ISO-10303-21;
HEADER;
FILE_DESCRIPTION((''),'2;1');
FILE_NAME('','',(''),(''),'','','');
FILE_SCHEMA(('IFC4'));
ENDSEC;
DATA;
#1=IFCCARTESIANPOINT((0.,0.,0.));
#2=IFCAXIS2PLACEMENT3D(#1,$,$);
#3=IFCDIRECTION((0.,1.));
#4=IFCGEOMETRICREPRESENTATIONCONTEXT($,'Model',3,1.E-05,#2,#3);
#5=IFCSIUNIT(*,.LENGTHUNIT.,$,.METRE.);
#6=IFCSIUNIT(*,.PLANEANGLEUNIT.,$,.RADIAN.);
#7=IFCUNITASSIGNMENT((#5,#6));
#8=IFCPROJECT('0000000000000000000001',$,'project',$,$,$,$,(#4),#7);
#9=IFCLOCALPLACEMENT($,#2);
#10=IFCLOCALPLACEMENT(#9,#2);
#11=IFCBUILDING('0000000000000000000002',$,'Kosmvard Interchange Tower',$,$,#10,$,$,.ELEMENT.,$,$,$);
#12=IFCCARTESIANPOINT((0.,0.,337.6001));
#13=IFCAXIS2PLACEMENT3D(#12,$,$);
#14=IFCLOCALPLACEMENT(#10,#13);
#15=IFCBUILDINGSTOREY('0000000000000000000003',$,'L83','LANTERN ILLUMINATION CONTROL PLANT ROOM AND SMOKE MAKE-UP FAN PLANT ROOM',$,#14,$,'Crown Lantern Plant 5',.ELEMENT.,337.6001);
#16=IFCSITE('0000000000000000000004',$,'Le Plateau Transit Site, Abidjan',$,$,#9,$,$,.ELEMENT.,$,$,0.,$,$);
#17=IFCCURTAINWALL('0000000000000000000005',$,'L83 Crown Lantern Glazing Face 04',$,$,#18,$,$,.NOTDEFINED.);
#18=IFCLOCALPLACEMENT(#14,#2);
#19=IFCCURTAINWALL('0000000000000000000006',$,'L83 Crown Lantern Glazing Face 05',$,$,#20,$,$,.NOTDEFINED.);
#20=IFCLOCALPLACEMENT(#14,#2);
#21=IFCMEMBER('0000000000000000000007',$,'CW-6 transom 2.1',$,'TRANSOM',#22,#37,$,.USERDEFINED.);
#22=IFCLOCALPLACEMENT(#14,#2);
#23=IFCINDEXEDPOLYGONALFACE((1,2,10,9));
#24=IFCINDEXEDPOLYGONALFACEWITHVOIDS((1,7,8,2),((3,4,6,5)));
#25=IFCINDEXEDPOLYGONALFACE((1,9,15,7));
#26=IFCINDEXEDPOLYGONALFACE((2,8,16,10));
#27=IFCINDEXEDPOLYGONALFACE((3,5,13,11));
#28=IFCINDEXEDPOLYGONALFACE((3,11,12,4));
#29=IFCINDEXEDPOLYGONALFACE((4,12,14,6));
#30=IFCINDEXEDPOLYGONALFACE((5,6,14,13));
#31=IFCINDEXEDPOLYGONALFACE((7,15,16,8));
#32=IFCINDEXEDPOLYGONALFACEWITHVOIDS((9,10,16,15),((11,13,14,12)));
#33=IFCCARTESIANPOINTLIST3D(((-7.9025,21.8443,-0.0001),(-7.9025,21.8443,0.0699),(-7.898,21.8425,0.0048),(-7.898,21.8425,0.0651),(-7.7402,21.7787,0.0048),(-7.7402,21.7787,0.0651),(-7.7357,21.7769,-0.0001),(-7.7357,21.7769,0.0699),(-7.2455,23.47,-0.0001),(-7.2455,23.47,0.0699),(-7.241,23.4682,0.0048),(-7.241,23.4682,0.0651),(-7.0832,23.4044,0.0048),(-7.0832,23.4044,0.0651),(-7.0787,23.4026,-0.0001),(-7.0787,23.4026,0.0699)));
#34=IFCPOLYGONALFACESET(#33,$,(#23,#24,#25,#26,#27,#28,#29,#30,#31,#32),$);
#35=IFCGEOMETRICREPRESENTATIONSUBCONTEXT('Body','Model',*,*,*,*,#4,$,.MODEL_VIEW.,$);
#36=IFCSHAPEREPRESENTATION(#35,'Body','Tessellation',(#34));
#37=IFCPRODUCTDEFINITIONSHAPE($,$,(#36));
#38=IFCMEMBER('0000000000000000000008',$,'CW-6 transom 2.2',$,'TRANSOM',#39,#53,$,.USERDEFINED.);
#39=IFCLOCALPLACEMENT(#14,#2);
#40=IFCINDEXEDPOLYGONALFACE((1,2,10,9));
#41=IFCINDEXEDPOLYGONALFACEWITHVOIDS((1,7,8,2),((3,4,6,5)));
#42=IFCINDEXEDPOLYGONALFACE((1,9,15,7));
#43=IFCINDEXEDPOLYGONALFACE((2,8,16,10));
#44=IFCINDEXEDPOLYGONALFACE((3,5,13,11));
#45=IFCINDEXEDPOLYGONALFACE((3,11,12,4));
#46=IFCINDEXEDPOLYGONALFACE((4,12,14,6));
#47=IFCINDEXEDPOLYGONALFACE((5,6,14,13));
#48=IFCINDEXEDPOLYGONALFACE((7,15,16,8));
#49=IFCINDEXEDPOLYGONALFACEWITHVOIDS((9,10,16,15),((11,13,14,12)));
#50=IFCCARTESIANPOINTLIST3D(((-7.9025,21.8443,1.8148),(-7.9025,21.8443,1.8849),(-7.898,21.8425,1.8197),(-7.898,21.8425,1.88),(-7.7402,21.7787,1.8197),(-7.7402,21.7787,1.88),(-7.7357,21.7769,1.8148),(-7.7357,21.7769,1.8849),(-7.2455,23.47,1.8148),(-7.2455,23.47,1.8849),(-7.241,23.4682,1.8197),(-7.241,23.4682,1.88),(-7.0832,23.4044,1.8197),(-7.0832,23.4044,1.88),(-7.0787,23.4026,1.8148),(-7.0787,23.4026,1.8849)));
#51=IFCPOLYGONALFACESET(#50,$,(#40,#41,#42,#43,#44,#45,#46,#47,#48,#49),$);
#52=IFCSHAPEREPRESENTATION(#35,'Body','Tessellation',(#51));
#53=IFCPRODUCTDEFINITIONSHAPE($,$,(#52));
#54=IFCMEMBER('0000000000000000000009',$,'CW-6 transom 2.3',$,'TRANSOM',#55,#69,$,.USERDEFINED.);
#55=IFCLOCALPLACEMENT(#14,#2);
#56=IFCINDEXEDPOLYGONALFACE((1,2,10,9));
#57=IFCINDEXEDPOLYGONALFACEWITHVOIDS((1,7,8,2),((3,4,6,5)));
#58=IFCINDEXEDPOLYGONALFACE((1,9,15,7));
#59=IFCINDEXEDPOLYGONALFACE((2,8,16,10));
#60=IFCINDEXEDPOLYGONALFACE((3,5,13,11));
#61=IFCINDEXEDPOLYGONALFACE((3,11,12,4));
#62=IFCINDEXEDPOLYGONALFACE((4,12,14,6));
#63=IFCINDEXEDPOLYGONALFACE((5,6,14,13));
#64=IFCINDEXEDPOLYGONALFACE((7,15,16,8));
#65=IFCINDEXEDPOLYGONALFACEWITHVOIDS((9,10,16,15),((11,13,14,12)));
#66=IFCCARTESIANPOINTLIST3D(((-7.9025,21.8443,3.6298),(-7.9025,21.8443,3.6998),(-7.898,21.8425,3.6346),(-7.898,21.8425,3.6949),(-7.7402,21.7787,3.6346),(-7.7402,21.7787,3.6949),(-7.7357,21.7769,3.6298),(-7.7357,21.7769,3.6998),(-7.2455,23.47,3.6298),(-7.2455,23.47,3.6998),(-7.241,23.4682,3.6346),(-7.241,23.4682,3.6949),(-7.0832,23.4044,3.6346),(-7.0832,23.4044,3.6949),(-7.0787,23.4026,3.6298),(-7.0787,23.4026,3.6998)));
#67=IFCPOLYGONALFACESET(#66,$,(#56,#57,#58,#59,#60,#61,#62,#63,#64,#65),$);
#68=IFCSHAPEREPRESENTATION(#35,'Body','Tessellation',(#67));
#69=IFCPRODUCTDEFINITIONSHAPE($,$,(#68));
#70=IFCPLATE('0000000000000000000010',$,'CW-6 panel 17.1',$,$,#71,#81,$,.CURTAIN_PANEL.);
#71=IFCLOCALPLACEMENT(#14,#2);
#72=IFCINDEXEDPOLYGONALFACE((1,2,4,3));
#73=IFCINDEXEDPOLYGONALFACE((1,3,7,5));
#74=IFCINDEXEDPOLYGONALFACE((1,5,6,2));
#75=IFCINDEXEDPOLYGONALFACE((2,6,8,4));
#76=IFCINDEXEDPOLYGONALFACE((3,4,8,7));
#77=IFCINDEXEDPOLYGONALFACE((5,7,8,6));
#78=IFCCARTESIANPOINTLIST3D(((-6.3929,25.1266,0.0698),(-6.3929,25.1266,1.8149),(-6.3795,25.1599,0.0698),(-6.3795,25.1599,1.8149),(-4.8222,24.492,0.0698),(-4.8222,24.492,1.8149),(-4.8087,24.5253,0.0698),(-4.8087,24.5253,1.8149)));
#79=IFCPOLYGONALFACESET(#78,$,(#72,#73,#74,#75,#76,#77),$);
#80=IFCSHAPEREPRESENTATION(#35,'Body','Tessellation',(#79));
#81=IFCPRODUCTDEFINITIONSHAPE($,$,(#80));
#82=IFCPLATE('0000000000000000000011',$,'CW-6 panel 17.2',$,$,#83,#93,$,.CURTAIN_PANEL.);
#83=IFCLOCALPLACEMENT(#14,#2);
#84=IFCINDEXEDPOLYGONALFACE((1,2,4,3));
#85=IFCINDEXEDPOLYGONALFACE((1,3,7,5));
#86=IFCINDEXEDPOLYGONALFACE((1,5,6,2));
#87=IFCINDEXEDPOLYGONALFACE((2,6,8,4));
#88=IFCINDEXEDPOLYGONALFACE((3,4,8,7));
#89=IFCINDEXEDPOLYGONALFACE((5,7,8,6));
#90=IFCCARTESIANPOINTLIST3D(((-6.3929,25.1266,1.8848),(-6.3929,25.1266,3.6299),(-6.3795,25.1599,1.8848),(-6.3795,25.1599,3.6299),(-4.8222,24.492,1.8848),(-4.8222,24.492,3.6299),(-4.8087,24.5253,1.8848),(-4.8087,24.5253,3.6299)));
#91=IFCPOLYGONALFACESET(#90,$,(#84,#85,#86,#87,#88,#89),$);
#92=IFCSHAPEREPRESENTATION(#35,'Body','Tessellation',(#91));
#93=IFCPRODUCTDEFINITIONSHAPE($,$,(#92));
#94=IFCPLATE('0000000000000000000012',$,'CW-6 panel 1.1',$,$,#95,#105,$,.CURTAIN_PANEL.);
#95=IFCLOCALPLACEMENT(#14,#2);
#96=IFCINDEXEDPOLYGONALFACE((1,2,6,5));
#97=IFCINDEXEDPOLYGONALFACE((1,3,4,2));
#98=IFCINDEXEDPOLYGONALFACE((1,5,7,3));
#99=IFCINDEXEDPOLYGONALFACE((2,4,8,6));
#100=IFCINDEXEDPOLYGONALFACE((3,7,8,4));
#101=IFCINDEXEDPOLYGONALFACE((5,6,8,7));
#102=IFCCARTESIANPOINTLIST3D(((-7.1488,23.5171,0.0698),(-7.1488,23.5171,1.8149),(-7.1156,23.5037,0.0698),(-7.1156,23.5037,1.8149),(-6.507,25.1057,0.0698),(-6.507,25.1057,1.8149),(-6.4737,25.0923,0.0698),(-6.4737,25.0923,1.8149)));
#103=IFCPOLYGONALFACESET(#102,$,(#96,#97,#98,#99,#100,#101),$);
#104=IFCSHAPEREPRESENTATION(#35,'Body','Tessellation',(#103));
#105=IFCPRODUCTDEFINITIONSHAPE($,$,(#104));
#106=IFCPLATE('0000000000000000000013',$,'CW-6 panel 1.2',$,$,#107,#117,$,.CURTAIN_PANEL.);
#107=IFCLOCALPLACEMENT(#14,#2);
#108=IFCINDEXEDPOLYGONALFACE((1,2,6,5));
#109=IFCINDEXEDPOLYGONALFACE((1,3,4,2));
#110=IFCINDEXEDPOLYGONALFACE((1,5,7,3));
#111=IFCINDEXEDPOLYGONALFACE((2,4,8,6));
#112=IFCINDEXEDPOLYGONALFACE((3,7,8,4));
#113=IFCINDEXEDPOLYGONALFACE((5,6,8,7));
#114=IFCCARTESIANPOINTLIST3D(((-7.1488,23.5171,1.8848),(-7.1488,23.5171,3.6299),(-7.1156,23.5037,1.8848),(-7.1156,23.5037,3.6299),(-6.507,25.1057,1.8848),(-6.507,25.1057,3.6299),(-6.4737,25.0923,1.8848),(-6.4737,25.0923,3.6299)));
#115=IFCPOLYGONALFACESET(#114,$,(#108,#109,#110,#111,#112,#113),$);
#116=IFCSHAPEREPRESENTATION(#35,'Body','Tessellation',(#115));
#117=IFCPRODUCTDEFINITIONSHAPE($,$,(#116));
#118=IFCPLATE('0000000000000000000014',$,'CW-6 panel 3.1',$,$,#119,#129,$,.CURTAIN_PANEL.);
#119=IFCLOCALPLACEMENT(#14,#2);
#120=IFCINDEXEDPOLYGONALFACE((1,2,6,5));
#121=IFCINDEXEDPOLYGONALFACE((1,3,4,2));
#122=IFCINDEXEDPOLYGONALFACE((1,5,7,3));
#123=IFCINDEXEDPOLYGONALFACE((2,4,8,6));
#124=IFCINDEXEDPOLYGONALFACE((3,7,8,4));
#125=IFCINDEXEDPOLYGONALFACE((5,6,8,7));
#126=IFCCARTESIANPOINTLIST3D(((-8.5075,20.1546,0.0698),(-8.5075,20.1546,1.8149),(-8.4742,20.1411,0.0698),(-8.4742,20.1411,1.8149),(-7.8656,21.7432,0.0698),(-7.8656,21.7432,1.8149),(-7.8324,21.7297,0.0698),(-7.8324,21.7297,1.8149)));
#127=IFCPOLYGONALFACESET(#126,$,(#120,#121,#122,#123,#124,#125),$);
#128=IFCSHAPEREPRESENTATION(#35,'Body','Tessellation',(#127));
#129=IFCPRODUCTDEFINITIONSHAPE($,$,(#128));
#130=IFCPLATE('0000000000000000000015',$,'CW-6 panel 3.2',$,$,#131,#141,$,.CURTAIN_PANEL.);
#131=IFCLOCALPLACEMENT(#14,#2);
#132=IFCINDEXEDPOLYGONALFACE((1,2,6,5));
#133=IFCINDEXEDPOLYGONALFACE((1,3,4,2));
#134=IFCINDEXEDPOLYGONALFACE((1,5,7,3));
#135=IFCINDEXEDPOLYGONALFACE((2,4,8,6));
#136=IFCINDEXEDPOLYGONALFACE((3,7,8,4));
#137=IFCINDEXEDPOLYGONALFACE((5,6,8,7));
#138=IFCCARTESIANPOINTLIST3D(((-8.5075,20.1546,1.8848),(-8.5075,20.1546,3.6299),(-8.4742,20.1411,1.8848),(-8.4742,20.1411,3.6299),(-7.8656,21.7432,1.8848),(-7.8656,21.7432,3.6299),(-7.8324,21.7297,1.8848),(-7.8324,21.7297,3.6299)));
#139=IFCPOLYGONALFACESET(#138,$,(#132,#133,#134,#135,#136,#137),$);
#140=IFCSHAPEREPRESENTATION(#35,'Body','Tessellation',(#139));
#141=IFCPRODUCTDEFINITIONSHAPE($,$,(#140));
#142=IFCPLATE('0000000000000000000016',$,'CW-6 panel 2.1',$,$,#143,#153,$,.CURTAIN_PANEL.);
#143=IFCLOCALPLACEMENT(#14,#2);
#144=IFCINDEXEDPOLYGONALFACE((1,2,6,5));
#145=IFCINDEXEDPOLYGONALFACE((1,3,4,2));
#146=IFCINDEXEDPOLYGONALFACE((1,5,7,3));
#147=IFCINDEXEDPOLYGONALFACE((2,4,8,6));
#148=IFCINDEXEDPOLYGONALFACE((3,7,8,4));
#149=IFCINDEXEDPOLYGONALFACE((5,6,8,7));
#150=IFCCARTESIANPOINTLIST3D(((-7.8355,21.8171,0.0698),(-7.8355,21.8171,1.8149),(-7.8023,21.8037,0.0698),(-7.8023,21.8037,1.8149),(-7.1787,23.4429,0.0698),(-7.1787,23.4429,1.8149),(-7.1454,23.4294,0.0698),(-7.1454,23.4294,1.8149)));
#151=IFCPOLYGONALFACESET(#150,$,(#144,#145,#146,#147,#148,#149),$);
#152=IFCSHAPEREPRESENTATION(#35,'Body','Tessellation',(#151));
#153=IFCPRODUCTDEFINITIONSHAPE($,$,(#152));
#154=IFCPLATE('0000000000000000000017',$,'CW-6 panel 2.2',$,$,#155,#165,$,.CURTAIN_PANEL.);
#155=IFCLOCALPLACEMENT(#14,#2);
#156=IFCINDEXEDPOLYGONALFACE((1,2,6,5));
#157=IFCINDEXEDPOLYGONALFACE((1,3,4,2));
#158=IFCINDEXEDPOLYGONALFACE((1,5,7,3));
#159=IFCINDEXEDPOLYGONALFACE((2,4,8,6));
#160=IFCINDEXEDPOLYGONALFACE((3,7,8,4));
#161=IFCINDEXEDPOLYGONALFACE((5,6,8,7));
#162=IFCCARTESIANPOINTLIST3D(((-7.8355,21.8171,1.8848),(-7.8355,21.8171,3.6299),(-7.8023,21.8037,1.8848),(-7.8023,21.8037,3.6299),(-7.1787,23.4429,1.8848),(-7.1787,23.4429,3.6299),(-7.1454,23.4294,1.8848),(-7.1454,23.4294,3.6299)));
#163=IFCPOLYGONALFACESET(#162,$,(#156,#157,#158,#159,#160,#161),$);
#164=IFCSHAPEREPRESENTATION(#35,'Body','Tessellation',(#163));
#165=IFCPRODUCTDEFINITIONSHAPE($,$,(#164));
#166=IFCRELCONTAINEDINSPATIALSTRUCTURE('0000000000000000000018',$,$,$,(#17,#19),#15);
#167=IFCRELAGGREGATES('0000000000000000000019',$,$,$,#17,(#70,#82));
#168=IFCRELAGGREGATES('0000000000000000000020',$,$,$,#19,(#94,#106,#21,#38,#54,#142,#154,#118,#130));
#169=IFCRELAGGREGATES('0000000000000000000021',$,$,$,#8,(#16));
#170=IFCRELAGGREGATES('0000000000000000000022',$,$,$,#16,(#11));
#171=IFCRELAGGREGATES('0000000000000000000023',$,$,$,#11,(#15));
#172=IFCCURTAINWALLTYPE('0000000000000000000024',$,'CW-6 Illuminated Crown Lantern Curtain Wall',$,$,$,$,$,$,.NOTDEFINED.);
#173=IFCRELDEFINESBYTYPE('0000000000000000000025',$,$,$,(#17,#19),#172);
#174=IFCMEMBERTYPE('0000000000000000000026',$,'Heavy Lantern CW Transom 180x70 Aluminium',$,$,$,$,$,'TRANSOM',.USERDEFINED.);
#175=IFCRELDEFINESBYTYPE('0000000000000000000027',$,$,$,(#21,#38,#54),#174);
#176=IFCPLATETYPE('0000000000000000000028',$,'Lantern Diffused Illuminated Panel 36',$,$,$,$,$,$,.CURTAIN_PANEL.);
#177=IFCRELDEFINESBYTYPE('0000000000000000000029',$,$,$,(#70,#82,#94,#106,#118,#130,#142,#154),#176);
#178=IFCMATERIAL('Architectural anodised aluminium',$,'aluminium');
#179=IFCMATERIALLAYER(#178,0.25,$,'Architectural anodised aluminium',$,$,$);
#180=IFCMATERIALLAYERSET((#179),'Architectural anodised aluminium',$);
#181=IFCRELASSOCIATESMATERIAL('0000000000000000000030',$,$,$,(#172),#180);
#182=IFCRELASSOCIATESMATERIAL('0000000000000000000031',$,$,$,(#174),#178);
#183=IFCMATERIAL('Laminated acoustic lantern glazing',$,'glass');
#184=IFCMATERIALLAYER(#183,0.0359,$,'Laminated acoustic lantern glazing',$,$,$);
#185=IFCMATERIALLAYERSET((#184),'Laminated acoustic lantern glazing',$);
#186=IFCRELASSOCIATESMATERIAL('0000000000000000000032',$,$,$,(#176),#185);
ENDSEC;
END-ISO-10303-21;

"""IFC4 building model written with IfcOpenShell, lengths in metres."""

from ifc_helpers import new_model, si_unit, direction, frame, origin, origin_2d, place, context, subcontext, project, spatial, rectangle, hollow_rectangle, extrude, source, transform, mapped, material, layer, layer_set, material_profile, profile_set, type_object, element, aggregate, save


model = new_model("IFC4")

# Units and contexts
model_context = context("Model", 3, precision=1e-05, world=origin(), true_north=direction((0.0, 1.0)))
body_context = subcontext(model_context, "Body", "Model", "MODEL_VIEW")
ifc_project = project(units=[si_unit("LENGTHUNIT", "METRE"), si_unit("PLANEANGLEUNIT", "RADIAN")], contexts=[model_context])

# Site, building, storey
site_placement = place(None, origin())
site = spatial("IfcSite", under=ifc_project, at=site_placement, Name="Le Plateau Transit Site, Abidjan", CompositionType="ELEMENT", RefElevation=0.0)
building_placement = place(site_placement, origin())
building = spatial("IfcBuilding", under=site, at=building_placement, Name="Kosmvard Interchange Tower", CompositionType="ELEMENT")
storey_placement = place(building_placement, frame((0.0, 0.0, 337.6001)))
storey = spatial("IfcBuildingStorey", under=building, at=storey_placement, Name="L83", Description="LANTERN ILLUMINATION CONTROL PLANT ROOM AND SMOKE MAKE-UP FAN PLANT ROOM", LongName="Crown Lantern Plant 5", CompositionType="ELEMENT", Elevation=337.6001)

# Curtain wall
ifc_material_1 = material(Name="Architectural anodised aluminium", Category="aluminium")
ifc_layer_1 = layer(ifc_material_1, 0.25, Name="Architectural anodised aluminium")
ifc_layer_set_1 = layer_set([ifc_layer_1], Name="Architectural anodised aluminium")
curtain_wall_type = type_object("IfcCurtainWallType", Name="CW-6 Illuminated Crown Lantern Curtain Wall", PredefinedType="NOTDEFINED", material=ifc_layer_set_1)
curtain_wall_1_placement = place(storey_placement, origin())
curtain_wall_1 = element("IfcCurtainWall", 1, at=curtain_wall_1_placement, inside=storey, type_object=curtain_wall_type, Name="L83 Crown Lantern Glazing Face 04", PredefinedType="NOTDEFINED")

# Curtain wall, members
curtain_wall_2_placement = place(storey_placement, origin())
curtain_wall_2 = element("IfcCurtainWall", 2, at=curtain_wall_2_placement, inside=storey, type_object=curtain_wall_type, Name="L83 Crown Lantern Glazing Face 05", PredefinedType="NOTDEFINED")
ifc_material_profile_1 = material_profile(ifc_material_1, hollow_rectangle(XDim=0.1799, YDim=0.0701, WallThickness=0.0049, at=origin_2d()), Name="CWT 180x70x5")
ifc_profile_set_1 = profile_set([ifc_material_profile_1], Name="Architectural anodised aluminium")
member_type_1 = type_object("IfcMemberType", Name="Heavy Lantern CW Transom 180x70 Aluminium", ElementType="TRANSOM", PredefinedType="USERDEFINED", material=ifc_profile_set_1)
shared_shape_1 = source(origin(), body_context, "Body", "SweptSolid", [
    extrude(hollow_rectangle(XDim=0.1799, YDim=0.0701, WallThickness=0.0049, at=origin_2d()), origin(), (0.0, 0.0, 1.0), 1.7534),
])
member_1_placement = place(storey_placement, frame((-7.1621, 23.4363, 0.0349), z_axis=(-0.374677, -0.927155, 0.0), x_axis=(0.927155, -0.374677, 0.0)))
member_1 = element("IfcMember", 3, at=member_1_placement, type_object=member_type_1, Name="CW-6 transom 2.1", ObjectType="TRANSOM", PredefinedType="USERDEFINED", context=body_context, shape_type="MappedRepresentation", body=[
    mapped(shared_shape_1, transform((0.0, 0.0, 0.0), scale=1.0)),
])
member_2_placement = place(storey_placement, frame((-7.1621, 23.4363, 1.8499), z_axis=(-0.374677, -0.927155, 0.0), x_axis=(0.927155, -0.374677, 0.0)))
member_2 = element("IfcMember", 4, at=member_2_placement, type_object=member_type_1, Name="CW-6 transom 2.2", ObjectType="TRANSOM", PredefinedType="USERDEFINED", context=body_context, shape_type="MappedRepresentation", body=[
    mapped(shared_shape_1, transform((0.0, 0.0, 0.0), scale=1.0)),
])
member_3_placement = place(storey_placement, frame((-7.1621, 23.4363, 3.6648), z_axis=(-0.374677, -0.927155, 0.0), x_axis=(0.927155, -0.374677, 0.0)))
member_3 = element("IfcMember", 5, at=member_3_placement, type_object=member_type_1, Name="CW-6 transom 2.3", ObjectType="TRANSOM", PredefinedType="USERDEFINED", context=body_context, shape_type="MappedRepresentation", body=[
    mapped(shared_shape_1, transform((0.0, 0.0, 0.0), scale=1.0)),
])

# Plates
ifc_material_2 = material(Name="Laminated acoustic lantern glazing", Category="glass")
ifc_layer_2 = layer(ifc_material_2, 0.0359, Name="Laminated acoustic lantern glazing")
ifc_layer_set_2 = layer_set([ifc_layer_2], Name="Laminated acoustic lantern glazing")
plate_type = type_object("IfcPlateType", Name="Lantern Diffused Illuminated Panel 36", PredefinedType="CURTAIN_PANEL", material=ifc_layer_set_2)
shared_shape_2 = source(origin(), body_context, "Body", "SweptSolid", [
    extrude(rectangle(XDim=1.6941, YDim=0.0359, at=origin_2d()), origin(), (0.0, 0.0, 1.0), 1.7451),
])
plate_1_placement = place(storey_placement, frame((-5.6008, 24.8259, 0.0698), z_axis=(0.0, 0.0, 1.0), x_axis=(-0.927184, 0.374607, 0.0)))
plate_1 = element("IfcPlate", 6, at=plate_1_placement, type_object=plate_type, Name="CW-6 panel 17.1", PredefinedType="CURTAIN_PANEL", context=body_context, shape_type="MappedRepresentation", body=[
    mapped(shared_shape_2, transform((0.0, 0.0, 0.0), scale=1.0)),
])
plate_2_placement = place(storey_placement, frame((-5.6008, 24.8259, 1.8848), z_axis=(0.0, 0.0, 1.0), x_axis=(-0.927184, 0.374607, 0.0)))
plate_2 = element("IfcPlate", 7, at=plate_2_placement, type_object=plate_type, Name="CW-6 panel 17.2", PredefinedType="CURTAIN_PANEL", context=body_context, shape_type="MappedRepresentation", body=[
    mapped(shared_shape_2, transform((0.0, 0.0, 0.0), scale=1.0)),
])
aggregate(curtain_wall_1, [plate_1, plate_2])
shared_shape_3 = source(origin(), body_context, "Body", "SweptSolid", [
    extrude(rectangle(XDim=1.7134, YDim=0.0359, at=origin_2d()), origin(), (0.0, 0.0, 1.0), 1.7451),
])
plate_3_placement = place(storey_placement, frame((-6.8113, 24.3047, 0.0698), z_axis=(0.0, 0.0, 1.0), x_axis=(-0.374607, -0.927184, 0.0)))
plate_3 = element("IfcPlate", 8, at=plate_3_placement, type_object=plate_type, Name="CW-6 panel 1.1", PredefinedType="CURTAIN_PANEL", context=body_context, shape_type="MappedRepresentation", body=[
    mapped(shared_shape_3, transform((0.0, 0.0, 0.0), scale=1.0)),
])
plate_4_placement = place(storey_placement, frame((-6.8113, 24.3047, 1.8848), z_axis=(0.0, 0.0, 1.0), x_axis=(-0.374607, -0.927184, 0.0)))
plate_4 = element("IfcPlate", 9, at=plate_4_placement, type_object=plate_type, Name="CW-6 panel 1.2", PredefinedType="CURTAIN_PANEL", context=body_context, shape_type="MappedRepresentation", body=[
    mapped(shared_shape_3, transform((0.0, 0.0, 0.0), scale=1.0)),
])
plate_5_placement = place(storey_placement, frame((-8.1699, 20.9421, 0.0698), z_axis=(0.0, 0.0, 1.0), x_axis=(-0.374607, -0.927184, 0.0)))
plate_5 = element("IfcPlate", 10, at=plate_5_placement, type_object=plate_type, Name="CW-6 panel 3.1", PredefinedType="CURTAIN_PANEL", context=body_context, shape_type="MappedRepresentation", body=[
    mapped(shared_shape_3, transform((0.0, 0.0, 0.0), scale=1.0)),
])
plate_6_placement = place(storey_placement, frame((-8.1699, 20.9421, 1.8848), z_axis=(0.0, 0.0, 1.0), x_axis=(-0.374607, -0.927184, 0.0)))
plate_6 = element("IfcPlate", 11, at=plate_6_placement, type_object=plate_type, Name="CW-6 panel 3.2", PredefinedType="CURTAIN_PANEL", context=body_context, shape_type="MappedRepresentation", body=[
    mapped(shared_shape_3, transform((0.0, 0.0, 0.0), scale=1.0)),
])
shared_shape_4 = source(origin(), body_context, "Body", "SweptSolid", [
    extrude(rectangle(XDim=1.7534, YDim=0.0359, at=origin_2d()), origin(), (0.0, 0.0, 1.0), 1.7451),
])
plate_7_placement = place(storey_placement, frame((-7.4905, 22.6233, 0.0698), z_axis=(0.0, 0.0, 1.0), x_axis=(-0.374607, -0.927184, 0.0)))
plate_7 = element("IfcPlate", 12, at=plate_7_placement, type_object=plate_type, Name="CW-6 panel 2.1", PredefinedType="CURTAIN_PANEL", context=body_context, shape_type="MappedRepresentation", body=[
    mapped(shared_shape_4, transform((0.0, 0.0, 0.0), scale=1.0)),
])
plate_8_placement = place(storey_placement, frame((-7.4905, 22.6233, 1.8848), z_axis=(0.0, 0.0, 1.0), x_axis=(-0.374607, -0.927184, 0.0)))
plate_8 = element("IfcPlate", 13, at=plate_8_placement, type_object=plate_type, Name="CW-6 panel 2.2", PredefinedType="CURTAIN_PANEL", context=body_context, shape_type="MappedRepresentation", body=[
    mapped(shared_shape_4, transform((0.0, 0.0, 0.0), scale=1.0)),
])
aggregate(curtain_wall_2, [plate_3, plate_4, member_1, member_2, member_3, plate_7, plate_8, plate_5, plate_6])

save(model, "model.ifc")
